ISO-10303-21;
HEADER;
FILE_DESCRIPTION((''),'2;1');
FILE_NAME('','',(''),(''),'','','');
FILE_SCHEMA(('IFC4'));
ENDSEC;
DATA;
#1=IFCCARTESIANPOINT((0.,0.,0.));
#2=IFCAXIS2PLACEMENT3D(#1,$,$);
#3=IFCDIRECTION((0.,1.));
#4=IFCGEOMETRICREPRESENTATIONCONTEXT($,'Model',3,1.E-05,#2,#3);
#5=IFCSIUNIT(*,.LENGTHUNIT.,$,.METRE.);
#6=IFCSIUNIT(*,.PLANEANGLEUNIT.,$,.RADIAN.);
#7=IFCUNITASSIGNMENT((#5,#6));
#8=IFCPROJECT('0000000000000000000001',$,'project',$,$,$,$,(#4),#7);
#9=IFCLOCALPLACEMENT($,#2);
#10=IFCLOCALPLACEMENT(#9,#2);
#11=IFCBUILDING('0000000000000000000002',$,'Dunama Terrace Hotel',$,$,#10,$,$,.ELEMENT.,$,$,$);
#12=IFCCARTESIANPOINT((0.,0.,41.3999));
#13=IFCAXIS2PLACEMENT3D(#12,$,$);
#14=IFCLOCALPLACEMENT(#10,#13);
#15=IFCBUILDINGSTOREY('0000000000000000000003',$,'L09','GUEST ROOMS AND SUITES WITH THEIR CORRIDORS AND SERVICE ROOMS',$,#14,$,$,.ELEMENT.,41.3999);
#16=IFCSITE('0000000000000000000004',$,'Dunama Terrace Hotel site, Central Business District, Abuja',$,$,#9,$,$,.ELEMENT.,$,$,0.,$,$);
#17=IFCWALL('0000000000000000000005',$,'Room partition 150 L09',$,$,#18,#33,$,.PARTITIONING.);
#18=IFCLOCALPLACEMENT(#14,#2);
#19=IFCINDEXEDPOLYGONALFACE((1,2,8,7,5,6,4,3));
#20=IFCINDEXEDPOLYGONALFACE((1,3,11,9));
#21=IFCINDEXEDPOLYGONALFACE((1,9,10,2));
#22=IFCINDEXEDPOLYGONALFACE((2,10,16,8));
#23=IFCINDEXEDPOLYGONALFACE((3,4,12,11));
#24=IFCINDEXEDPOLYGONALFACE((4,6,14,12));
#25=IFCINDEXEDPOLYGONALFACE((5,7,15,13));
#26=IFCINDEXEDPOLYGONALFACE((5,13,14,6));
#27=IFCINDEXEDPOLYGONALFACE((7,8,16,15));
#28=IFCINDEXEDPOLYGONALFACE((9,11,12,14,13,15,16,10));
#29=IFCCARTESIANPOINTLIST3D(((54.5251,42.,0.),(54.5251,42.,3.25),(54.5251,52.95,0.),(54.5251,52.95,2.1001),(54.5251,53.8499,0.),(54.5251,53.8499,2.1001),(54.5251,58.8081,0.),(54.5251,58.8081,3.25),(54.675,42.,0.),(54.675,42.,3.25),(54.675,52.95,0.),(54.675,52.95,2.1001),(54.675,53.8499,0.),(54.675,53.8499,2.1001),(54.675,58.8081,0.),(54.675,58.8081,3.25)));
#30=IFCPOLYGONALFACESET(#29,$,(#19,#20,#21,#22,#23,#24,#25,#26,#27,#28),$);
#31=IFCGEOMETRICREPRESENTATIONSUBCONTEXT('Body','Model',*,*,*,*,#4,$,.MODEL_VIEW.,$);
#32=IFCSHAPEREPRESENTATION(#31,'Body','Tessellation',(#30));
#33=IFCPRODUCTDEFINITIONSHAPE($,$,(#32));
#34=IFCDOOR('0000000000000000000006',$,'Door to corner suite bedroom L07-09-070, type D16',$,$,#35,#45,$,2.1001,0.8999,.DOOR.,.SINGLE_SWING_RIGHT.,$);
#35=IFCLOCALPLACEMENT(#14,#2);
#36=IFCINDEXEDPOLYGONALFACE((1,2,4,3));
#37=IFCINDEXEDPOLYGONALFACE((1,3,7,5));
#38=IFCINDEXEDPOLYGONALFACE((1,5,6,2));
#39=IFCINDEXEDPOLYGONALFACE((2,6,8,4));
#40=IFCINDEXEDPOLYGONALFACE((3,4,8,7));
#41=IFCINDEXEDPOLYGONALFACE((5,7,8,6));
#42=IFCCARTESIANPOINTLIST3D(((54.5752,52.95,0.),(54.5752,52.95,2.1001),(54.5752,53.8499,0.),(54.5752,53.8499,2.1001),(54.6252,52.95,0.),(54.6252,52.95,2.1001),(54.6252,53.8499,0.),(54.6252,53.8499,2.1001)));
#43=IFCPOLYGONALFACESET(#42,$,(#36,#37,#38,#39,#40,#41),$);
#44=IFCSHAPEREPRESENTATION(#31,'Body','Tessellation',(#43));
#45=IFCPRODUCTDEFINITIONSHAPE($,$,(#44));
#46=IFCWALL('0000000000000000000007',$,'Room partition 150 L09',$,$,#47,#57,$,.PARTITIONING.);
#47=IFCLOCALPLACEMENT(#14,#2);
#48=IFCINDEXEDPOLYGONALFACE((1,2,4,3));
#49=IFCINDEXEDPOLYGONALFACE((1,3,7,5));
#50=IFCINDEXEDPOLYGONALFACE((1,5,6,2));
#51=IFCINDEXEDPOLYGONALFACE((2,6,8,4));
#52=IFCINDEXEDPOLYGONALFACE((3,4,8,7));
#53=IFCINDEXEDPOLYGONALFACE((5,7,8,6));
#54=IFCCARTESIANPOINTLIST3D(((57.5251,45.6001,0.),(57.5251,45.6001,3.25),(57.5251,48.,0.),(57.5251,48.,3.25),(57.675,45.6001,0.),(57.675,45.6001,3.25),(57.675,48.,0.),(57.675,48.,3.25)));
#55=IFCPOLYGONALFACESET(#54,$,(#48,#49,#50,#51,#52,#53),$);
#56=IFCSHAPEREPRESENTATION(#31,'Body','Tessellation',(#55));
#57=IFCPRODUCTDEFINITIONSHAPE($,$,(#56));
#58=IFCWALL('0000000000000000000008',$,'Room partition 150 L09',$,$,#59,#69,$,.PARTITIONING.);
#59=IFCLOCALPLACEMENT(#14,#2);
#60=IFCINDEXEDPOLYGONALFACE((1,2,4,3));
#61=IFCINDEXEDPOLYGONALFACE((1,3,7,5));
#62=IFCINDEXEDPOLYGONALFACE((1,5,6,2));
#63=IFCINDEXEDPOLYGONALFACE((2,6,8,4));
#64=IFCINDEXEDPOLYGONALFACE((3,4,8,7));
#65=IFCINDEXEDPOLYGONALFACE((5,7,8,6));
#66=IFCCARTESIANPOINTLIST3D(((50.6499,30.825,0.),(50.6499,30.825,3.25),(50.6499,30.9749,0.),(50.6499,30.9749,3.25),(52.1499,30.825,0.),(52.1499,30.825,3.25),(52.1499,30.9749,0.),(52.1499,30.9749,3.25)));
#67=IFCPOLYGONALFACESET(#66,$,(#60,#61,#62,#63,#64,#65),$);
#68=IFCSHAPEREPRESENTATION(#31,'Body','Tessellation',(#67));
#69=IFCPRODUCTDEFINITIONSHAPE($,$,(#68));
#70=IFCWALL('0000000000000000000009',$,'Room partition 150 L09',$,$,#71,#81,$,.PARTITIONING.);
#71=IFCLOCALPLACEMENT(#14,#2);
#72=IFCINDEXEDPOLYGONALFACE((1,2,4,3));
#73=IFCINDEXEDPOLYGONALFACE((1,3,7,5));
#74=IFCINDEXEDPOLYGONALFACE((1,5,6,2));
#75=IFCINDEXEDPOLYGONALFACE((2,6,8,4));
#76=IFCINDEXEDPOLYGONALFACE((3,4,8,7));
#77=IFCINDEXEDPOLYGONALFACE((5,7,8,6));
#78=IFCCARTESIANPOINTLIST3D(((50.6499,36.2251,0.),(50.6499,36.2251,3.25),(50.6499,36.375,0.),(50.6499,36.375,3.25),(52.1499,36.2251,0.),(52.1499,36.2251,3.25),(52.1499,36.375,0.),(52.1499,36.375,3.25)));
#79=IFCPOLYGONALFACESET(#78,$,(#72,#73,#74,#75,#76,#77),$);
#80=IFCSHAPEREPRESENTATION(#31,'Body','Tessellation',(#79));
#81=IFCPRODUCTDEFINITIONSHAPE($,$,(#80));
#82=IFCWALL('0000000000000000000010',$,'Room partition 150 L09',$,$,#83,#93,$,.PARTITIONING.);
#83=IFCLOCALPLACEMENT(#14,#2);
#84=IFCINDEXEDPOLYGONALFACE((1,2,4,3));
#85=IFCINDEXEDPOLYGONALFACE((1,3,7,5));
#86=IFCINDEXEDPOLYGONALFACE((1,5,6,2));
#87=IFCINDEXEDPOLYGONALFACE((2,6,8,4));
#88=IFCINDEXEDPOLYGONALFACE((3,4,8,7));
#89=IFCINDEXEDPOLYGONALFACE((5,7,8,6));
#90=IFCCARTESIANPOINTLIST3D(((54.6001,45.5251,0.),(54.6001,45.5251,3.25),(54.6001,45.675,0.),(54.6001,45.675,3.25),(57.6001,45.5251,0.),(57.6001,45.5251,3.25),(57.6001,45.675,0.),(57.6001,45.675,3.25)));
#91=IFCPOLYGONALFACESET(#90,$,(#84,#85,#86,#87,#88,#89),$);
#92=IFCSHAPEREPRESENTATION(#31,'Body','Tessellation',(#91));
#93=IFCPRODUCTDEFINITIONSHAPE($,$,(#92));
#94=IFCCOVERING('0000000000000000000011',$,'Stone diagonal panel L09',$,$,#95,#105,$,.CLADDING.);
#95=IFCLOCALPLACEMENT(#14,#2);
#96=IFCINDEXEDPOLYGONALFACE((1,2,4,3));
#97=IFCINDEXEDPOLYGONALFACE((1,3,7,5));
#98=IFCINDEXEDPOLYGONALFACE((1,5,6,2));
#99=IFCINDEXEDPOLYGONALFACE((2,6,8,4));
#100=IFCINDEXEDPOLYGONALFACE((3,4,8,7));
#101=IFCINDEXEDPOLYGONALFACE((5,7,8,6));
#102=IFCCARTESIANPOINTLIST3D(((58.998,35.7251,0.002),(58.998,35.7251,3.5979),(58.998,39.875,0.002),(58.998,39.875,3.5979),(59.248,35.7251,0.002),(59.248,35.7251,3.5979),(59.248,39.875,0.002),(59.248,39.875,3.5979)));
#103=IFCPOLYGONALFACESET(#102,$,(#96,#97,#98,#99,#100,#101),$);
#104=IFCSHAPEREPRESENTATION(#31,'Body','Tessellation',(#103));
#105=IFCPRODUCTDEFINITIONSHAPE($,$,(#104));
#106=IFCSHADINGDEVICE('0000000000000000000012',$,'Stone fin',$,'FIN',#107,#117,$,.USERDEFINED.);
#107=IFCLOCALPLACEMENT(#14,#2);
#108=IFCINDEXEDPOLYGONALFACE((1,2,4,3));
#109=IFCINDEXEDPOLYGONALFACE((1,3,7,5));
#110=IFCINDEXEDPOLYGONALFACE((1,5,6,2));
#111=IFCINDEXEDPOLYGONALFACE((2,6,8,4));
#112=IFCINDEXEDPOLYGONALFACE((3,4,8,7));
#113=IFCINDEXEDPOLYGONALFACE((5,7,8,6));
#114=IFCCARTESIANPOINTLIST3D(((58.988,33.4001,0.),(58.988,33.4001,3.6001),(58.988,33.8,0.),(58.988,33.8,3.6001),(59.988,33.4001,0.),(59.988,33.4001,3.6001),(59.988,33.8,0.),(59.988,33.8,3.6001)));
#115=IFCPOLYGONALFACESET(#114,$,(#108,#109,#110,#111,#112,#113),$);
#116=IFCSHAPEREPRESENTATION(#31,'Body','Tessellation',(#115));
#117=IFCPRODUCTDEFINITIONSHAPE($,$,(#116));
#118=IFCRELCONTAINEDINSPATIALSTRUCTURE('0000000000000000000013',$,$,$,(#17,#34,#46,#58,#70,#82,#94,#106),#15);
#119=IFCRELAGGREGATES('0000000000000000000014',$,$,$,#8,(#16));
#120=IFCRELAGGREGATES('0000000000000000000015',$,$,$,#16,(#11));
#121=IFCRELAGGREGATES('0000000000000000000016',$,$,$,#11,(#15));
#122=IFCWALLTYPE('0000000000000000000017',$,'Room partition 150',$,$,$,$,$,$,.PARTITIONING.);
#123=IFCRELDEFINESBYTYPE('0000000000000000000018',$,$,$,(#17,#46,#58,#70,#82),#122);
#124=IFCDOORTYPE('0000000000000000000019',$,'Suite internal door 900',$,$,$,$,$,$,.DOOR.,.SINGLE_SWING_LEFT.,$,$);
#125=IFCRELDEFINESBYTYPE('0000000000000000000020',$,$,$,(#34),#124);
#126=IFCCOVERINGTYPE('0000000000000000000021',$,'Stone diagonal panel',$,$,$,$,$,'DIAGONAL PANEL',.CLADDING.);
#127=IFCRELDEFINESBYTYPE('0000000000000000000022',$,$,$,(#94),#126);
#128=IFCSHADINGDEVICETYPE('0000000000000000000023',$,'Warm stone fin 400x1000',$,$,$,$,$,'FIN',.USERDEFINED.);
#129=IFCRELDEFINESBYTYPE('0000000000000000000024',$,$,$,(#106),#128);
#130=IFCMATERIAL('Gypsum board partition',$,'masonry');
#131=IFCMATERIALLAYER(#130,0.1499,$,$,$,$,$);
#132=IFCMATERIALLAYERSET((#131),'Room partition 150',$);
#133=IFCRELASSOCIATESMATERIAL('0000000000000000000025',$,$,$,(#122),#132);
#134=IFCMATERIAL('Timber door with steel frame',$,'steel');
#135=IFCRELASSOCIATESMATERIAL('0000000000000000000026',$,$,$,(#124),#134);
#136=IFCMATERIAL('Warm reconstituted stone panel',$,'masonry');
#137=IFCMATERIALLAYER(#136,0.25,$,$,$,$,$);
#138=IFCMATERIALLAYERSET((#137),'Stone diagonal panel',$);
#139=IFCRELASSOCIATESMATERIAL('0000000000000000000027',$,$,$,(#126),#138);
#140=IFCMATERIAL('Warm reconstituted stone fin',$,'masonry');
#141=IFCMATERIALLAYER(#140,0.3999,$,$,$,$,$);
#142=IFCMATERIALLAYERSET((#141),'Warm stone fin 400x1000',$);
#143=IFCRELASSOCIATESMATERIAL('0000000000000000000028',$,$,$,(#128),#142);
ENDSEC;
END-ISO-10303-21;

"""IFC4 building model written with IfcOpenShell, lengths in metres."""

from ifc_helpers import new_model, si_unit, direction, frame, frame_2d, origin, origin_2d, place, context, subcontext, project, spatial, rectangle, extrude, material, layer, layer_set, type_object, element, fill, save


model = new_model("IFC4")

# Units and contexts
model_context = context("Model", 3, precision=1e-05, world=origin(), true_north=direction((0.0, 1.0)))
body_context = subcontext(model_context, "Body", "Model", "MODEL_VIEW")
ifc_project = project(units=[si_unit("LENGTHUNIT", "METRE"), si_unit("PLANEANGLEUNIT", "RADIAN")], contexts=[model_context])

# Site, building, storey
site_placement = place(None, origin())
site = spatial("IfcSite", under=ifc_project, at=site_placement, Name="Dunama Terrace Hotel site, Central Business District, Abuja", CompositionType="ELEMENT", RefElevation=0.0)
building_placement = place(site_placement, origin())
building = spatial("IfcBuilding", under=site, at=building_placement, Name="Dunama Terrace Hotel", CompositionType="ELEMENT")
storey_placement = place(building_placement, frame((0.0, 0.0, 41.3999)))
storey = spatial("IfcBuildingStorey", under=building, at=storey_placement, Name="L09", Description="GUEST ROOMS AND SUITES WITH THEIR CORRIDORS AND SERVICE ROOMS", CompositionType="ELEMENT", Elevation=41.3999)

# Shared definitions
ifc_material_1 = material(Name="Gypsum board partition", Category="masonry")
ifc_layer_1 = layer(ifc_material_1, 0.1499)
ifc_layer_set_1 = layer_set([ifc_layer_1], Name="Room partition 150")
wall_type_1 = type_object("IfcWallType", Name="Room partition 150", PredefinedType="PARTITIONING", material=ifc_layer_set_1)

# Shared definitions
ifc_material_2 = material(Name="Timber door with steel frame", Category="steel")
door_type_1 = type_object("IfcDoorType", Name="Suite internal door 900", OperationType="SINGLE_SWING_LEFT", PredefinedType="DOOR", material=ifc_material_2)

# Wall, opening, door
wall_1_placement = place(storey_placement, frame((54.6001, 42.0, 0.0), z_axis=(0.0, 0.0, 1.0), x_axis=(0.0, 1.0, 0.0)))
wall_1 = element("IfcWall", 1, at=wall_1_placement, inside=storey, type_object=wall_type_1, Name="Room partition 150 L09", PredefinedType="PARTITIONING", context=body_context, shape_type="SweptSolid", body=[
    extrude(rectangle(XDim=16.8081, YDim=0.1499, at=frame_2d((8.4041, 0.0))), origin(), (0.0, 0.0, 1.0), 3.25),
])
opening_1_placement = place(wall_1_placement, frame((10.95, 0.0, 0.0)))
opening_1 = element("IfcOpeningElement", 2, at=opening_1_placement, cuts=wall_1, PredefinedType="OPENING", context=body_context, shape_type="SweptSolid", body=[
    extrude(rectangle(XDim=0.8999, YDim=2.1001, at=frame_2d((0.45, 1.05))), frame((0.0, 0.085, 0.0), z_axis=(0.0, -1.0, 0.0), x_axis=(1.0, 0.0, 0.0)), (0.0, 0.0, 1.0), 0.1699),
])
door_1_placement = place(opening_1_placement, frame((0.8999, 0.0, 0.0), z_axis=(0.0, 0.0, 1.0), x_axis=(-1.0, 0.0, 0.0)))
door_1 = element("IfcDoor", 3, at=door_1_placement, inside=storey, type_object=door_type_1, Name="Door to corner suite bedroom L07-09-070, type D16", OperationType="SINGLE_SWING_RIGHT", OverallHeight=2.1001, OverallWidth=0.8999, PredefinedType="DOOR", context=body_context, shape_type="SweptSolid", body=[
    extrude(rectangle(XDim=0.8999, YDim=2.1001, at=frame_2d((0.45, 1.05))), frame((0.0, 0.0251, 0.0), z_axis=(0.0, -1.0, 0.0), x_axis=(1.0, 0.0, 0.0)), (0.0, 0.0, 1.0), 0.05),
])
fill(opening_1, door_1)

# Walls
wall_2_placement = place(storey_placement, frame((57.6001, 45.6001, 0.0), z_axis=(0.0, 0.0, 1.0), x_axis=(0.0, 1.0, 0.0)))
element("IfcWall", 4, at=wall_2_placement, inside=storey, type_object=wall_type_1, Name="Room partition 150 L09", PredefinedType="PARTITIONING", context=body_context, shape_type="SweptSolid", body=[
    extrude(rectangle(XDim=2.3999, YDim=0.1499, at=frame_2d((1.2, 0.0))), origin(), (0.0, 0.0, 1.0), 3.25),
])
for number, where, z_axis, x_axis, name in (
    (5, (50.6499, 30.8999, 0.0), (0.0, 0.0, 1.0), (1.0, 0.0, 0.0), "Room partition 150 L09"),
    (6, (50.6499, 36.3, 0.0), (0.0, 0.0, 1.0), (1.0, 0.0, 0.0), "Room partition 150 L09"),
):
    element("IfcWall", number, at=place(storey_placement, frame(where, z_axis=z_axis, x_axis=x_axis)), inside=storey, type_object=wall_type_1, Name=name, PredefinedType="PARTITIONING", context=body_context, shape_type="SweptSolid", body=[
        extrude(rectangle(XDim=1.5, YDim=0.1499, at=frame_2d((0.75, 0.0))), origin(), (0.0, 0.0, 1.0), 3.25),
    ])
wall_3_placement = place(storey_placement, frame((54.6001, 45.6001, 0.0), z_axis=(0.0, 0.0, 1.0), x_axis=(1.0, 0.0, 0.0)))
element("IfcWall", 7, at=wall_3_placement, inside=storey, type_object=wall_type_1, Name="Room partition 150 L09", PredefinedType="PARTITIONING", context=body_context, shape_type="SweptSolid", body=[
    extrude(rectangle(XDim=3.0, YDim=0.1499, at=frame_2d((1.5, 0.0))), origin(), (0.0, 0.0, 1.0), 3.25),
])

# Covering
ifc_material_3 = material(Name="Warm reconstituted stone panel", Category="masonry")
ifc_layer_2 = layer(ifc_material_3, 0.25)
ifc_layer_set_2 = layer_set([ifc_layer_2], Name="Stone diagonal panel")
covering_type = type_object("IfcCoveringType", Name="Stone diagonal panel", ElementType="DIAGONAL PANEL", PredefinedType="CLADDING", material=ifc_layer_set_2)
covering_placement = place(storey_placement, frame((59.123, 37.8, 0.002), z_axis=(0.0, 0.0, 1.0), x_axis=(0.0, 1.0, 0.0)))
element("IfcCovering", 8, at=covering_placement, inside=storey, type_object=covering_type, Name="Stone diagonal panel L09", PredefinedType="CLADDING", context=body_context, shape_type="SweptSolid", body=[
    extrude(rectangle(XDim=4.1499, YDim=0.25, at=origin_2d()), origin(), (0.0, 0.0, 1.0), 3.5959),
])

# Shading device
ifc_material_4 = material(Name="Warm reconstituted stone fin", Category="masonry")
ifc_layer_3 = layer(ifc_material_4, 0.3999)
ifc_layer_set_3 = layer_set([ifc_layer_3], Name="Warm stone fin 400x1000")
shading_device_type = type_object("IfcShadingDeviceType", Name="Warm stone fin 400x1000", ElementType="FIN", PredefinedType="USERDEFINED", material=ifc_layer_set_3)
shading_device_placement = place(storey_placement, frame((59.488, 33.6001, 0.0), z_axis=(0.0, 0.0, 1.0), x_axis=(0.0, 1.0, 0.0)))
element("IfcShadingDevice", 9, at=shading_device_placement, inside=storey, type_object=shading_device_type, Name="Stone fin", ObjectType="FIN", PredefinedType="USERDEFINED", context=body_context, shape_type="SweptSolid", body=[
    extrude(rectangle(XDim=0.3999, YDim=1.0, at=origin_2d()), origin(), (0.0, 0.0, 1.0), 3.6001),
])

save(model, "model.ifc")
